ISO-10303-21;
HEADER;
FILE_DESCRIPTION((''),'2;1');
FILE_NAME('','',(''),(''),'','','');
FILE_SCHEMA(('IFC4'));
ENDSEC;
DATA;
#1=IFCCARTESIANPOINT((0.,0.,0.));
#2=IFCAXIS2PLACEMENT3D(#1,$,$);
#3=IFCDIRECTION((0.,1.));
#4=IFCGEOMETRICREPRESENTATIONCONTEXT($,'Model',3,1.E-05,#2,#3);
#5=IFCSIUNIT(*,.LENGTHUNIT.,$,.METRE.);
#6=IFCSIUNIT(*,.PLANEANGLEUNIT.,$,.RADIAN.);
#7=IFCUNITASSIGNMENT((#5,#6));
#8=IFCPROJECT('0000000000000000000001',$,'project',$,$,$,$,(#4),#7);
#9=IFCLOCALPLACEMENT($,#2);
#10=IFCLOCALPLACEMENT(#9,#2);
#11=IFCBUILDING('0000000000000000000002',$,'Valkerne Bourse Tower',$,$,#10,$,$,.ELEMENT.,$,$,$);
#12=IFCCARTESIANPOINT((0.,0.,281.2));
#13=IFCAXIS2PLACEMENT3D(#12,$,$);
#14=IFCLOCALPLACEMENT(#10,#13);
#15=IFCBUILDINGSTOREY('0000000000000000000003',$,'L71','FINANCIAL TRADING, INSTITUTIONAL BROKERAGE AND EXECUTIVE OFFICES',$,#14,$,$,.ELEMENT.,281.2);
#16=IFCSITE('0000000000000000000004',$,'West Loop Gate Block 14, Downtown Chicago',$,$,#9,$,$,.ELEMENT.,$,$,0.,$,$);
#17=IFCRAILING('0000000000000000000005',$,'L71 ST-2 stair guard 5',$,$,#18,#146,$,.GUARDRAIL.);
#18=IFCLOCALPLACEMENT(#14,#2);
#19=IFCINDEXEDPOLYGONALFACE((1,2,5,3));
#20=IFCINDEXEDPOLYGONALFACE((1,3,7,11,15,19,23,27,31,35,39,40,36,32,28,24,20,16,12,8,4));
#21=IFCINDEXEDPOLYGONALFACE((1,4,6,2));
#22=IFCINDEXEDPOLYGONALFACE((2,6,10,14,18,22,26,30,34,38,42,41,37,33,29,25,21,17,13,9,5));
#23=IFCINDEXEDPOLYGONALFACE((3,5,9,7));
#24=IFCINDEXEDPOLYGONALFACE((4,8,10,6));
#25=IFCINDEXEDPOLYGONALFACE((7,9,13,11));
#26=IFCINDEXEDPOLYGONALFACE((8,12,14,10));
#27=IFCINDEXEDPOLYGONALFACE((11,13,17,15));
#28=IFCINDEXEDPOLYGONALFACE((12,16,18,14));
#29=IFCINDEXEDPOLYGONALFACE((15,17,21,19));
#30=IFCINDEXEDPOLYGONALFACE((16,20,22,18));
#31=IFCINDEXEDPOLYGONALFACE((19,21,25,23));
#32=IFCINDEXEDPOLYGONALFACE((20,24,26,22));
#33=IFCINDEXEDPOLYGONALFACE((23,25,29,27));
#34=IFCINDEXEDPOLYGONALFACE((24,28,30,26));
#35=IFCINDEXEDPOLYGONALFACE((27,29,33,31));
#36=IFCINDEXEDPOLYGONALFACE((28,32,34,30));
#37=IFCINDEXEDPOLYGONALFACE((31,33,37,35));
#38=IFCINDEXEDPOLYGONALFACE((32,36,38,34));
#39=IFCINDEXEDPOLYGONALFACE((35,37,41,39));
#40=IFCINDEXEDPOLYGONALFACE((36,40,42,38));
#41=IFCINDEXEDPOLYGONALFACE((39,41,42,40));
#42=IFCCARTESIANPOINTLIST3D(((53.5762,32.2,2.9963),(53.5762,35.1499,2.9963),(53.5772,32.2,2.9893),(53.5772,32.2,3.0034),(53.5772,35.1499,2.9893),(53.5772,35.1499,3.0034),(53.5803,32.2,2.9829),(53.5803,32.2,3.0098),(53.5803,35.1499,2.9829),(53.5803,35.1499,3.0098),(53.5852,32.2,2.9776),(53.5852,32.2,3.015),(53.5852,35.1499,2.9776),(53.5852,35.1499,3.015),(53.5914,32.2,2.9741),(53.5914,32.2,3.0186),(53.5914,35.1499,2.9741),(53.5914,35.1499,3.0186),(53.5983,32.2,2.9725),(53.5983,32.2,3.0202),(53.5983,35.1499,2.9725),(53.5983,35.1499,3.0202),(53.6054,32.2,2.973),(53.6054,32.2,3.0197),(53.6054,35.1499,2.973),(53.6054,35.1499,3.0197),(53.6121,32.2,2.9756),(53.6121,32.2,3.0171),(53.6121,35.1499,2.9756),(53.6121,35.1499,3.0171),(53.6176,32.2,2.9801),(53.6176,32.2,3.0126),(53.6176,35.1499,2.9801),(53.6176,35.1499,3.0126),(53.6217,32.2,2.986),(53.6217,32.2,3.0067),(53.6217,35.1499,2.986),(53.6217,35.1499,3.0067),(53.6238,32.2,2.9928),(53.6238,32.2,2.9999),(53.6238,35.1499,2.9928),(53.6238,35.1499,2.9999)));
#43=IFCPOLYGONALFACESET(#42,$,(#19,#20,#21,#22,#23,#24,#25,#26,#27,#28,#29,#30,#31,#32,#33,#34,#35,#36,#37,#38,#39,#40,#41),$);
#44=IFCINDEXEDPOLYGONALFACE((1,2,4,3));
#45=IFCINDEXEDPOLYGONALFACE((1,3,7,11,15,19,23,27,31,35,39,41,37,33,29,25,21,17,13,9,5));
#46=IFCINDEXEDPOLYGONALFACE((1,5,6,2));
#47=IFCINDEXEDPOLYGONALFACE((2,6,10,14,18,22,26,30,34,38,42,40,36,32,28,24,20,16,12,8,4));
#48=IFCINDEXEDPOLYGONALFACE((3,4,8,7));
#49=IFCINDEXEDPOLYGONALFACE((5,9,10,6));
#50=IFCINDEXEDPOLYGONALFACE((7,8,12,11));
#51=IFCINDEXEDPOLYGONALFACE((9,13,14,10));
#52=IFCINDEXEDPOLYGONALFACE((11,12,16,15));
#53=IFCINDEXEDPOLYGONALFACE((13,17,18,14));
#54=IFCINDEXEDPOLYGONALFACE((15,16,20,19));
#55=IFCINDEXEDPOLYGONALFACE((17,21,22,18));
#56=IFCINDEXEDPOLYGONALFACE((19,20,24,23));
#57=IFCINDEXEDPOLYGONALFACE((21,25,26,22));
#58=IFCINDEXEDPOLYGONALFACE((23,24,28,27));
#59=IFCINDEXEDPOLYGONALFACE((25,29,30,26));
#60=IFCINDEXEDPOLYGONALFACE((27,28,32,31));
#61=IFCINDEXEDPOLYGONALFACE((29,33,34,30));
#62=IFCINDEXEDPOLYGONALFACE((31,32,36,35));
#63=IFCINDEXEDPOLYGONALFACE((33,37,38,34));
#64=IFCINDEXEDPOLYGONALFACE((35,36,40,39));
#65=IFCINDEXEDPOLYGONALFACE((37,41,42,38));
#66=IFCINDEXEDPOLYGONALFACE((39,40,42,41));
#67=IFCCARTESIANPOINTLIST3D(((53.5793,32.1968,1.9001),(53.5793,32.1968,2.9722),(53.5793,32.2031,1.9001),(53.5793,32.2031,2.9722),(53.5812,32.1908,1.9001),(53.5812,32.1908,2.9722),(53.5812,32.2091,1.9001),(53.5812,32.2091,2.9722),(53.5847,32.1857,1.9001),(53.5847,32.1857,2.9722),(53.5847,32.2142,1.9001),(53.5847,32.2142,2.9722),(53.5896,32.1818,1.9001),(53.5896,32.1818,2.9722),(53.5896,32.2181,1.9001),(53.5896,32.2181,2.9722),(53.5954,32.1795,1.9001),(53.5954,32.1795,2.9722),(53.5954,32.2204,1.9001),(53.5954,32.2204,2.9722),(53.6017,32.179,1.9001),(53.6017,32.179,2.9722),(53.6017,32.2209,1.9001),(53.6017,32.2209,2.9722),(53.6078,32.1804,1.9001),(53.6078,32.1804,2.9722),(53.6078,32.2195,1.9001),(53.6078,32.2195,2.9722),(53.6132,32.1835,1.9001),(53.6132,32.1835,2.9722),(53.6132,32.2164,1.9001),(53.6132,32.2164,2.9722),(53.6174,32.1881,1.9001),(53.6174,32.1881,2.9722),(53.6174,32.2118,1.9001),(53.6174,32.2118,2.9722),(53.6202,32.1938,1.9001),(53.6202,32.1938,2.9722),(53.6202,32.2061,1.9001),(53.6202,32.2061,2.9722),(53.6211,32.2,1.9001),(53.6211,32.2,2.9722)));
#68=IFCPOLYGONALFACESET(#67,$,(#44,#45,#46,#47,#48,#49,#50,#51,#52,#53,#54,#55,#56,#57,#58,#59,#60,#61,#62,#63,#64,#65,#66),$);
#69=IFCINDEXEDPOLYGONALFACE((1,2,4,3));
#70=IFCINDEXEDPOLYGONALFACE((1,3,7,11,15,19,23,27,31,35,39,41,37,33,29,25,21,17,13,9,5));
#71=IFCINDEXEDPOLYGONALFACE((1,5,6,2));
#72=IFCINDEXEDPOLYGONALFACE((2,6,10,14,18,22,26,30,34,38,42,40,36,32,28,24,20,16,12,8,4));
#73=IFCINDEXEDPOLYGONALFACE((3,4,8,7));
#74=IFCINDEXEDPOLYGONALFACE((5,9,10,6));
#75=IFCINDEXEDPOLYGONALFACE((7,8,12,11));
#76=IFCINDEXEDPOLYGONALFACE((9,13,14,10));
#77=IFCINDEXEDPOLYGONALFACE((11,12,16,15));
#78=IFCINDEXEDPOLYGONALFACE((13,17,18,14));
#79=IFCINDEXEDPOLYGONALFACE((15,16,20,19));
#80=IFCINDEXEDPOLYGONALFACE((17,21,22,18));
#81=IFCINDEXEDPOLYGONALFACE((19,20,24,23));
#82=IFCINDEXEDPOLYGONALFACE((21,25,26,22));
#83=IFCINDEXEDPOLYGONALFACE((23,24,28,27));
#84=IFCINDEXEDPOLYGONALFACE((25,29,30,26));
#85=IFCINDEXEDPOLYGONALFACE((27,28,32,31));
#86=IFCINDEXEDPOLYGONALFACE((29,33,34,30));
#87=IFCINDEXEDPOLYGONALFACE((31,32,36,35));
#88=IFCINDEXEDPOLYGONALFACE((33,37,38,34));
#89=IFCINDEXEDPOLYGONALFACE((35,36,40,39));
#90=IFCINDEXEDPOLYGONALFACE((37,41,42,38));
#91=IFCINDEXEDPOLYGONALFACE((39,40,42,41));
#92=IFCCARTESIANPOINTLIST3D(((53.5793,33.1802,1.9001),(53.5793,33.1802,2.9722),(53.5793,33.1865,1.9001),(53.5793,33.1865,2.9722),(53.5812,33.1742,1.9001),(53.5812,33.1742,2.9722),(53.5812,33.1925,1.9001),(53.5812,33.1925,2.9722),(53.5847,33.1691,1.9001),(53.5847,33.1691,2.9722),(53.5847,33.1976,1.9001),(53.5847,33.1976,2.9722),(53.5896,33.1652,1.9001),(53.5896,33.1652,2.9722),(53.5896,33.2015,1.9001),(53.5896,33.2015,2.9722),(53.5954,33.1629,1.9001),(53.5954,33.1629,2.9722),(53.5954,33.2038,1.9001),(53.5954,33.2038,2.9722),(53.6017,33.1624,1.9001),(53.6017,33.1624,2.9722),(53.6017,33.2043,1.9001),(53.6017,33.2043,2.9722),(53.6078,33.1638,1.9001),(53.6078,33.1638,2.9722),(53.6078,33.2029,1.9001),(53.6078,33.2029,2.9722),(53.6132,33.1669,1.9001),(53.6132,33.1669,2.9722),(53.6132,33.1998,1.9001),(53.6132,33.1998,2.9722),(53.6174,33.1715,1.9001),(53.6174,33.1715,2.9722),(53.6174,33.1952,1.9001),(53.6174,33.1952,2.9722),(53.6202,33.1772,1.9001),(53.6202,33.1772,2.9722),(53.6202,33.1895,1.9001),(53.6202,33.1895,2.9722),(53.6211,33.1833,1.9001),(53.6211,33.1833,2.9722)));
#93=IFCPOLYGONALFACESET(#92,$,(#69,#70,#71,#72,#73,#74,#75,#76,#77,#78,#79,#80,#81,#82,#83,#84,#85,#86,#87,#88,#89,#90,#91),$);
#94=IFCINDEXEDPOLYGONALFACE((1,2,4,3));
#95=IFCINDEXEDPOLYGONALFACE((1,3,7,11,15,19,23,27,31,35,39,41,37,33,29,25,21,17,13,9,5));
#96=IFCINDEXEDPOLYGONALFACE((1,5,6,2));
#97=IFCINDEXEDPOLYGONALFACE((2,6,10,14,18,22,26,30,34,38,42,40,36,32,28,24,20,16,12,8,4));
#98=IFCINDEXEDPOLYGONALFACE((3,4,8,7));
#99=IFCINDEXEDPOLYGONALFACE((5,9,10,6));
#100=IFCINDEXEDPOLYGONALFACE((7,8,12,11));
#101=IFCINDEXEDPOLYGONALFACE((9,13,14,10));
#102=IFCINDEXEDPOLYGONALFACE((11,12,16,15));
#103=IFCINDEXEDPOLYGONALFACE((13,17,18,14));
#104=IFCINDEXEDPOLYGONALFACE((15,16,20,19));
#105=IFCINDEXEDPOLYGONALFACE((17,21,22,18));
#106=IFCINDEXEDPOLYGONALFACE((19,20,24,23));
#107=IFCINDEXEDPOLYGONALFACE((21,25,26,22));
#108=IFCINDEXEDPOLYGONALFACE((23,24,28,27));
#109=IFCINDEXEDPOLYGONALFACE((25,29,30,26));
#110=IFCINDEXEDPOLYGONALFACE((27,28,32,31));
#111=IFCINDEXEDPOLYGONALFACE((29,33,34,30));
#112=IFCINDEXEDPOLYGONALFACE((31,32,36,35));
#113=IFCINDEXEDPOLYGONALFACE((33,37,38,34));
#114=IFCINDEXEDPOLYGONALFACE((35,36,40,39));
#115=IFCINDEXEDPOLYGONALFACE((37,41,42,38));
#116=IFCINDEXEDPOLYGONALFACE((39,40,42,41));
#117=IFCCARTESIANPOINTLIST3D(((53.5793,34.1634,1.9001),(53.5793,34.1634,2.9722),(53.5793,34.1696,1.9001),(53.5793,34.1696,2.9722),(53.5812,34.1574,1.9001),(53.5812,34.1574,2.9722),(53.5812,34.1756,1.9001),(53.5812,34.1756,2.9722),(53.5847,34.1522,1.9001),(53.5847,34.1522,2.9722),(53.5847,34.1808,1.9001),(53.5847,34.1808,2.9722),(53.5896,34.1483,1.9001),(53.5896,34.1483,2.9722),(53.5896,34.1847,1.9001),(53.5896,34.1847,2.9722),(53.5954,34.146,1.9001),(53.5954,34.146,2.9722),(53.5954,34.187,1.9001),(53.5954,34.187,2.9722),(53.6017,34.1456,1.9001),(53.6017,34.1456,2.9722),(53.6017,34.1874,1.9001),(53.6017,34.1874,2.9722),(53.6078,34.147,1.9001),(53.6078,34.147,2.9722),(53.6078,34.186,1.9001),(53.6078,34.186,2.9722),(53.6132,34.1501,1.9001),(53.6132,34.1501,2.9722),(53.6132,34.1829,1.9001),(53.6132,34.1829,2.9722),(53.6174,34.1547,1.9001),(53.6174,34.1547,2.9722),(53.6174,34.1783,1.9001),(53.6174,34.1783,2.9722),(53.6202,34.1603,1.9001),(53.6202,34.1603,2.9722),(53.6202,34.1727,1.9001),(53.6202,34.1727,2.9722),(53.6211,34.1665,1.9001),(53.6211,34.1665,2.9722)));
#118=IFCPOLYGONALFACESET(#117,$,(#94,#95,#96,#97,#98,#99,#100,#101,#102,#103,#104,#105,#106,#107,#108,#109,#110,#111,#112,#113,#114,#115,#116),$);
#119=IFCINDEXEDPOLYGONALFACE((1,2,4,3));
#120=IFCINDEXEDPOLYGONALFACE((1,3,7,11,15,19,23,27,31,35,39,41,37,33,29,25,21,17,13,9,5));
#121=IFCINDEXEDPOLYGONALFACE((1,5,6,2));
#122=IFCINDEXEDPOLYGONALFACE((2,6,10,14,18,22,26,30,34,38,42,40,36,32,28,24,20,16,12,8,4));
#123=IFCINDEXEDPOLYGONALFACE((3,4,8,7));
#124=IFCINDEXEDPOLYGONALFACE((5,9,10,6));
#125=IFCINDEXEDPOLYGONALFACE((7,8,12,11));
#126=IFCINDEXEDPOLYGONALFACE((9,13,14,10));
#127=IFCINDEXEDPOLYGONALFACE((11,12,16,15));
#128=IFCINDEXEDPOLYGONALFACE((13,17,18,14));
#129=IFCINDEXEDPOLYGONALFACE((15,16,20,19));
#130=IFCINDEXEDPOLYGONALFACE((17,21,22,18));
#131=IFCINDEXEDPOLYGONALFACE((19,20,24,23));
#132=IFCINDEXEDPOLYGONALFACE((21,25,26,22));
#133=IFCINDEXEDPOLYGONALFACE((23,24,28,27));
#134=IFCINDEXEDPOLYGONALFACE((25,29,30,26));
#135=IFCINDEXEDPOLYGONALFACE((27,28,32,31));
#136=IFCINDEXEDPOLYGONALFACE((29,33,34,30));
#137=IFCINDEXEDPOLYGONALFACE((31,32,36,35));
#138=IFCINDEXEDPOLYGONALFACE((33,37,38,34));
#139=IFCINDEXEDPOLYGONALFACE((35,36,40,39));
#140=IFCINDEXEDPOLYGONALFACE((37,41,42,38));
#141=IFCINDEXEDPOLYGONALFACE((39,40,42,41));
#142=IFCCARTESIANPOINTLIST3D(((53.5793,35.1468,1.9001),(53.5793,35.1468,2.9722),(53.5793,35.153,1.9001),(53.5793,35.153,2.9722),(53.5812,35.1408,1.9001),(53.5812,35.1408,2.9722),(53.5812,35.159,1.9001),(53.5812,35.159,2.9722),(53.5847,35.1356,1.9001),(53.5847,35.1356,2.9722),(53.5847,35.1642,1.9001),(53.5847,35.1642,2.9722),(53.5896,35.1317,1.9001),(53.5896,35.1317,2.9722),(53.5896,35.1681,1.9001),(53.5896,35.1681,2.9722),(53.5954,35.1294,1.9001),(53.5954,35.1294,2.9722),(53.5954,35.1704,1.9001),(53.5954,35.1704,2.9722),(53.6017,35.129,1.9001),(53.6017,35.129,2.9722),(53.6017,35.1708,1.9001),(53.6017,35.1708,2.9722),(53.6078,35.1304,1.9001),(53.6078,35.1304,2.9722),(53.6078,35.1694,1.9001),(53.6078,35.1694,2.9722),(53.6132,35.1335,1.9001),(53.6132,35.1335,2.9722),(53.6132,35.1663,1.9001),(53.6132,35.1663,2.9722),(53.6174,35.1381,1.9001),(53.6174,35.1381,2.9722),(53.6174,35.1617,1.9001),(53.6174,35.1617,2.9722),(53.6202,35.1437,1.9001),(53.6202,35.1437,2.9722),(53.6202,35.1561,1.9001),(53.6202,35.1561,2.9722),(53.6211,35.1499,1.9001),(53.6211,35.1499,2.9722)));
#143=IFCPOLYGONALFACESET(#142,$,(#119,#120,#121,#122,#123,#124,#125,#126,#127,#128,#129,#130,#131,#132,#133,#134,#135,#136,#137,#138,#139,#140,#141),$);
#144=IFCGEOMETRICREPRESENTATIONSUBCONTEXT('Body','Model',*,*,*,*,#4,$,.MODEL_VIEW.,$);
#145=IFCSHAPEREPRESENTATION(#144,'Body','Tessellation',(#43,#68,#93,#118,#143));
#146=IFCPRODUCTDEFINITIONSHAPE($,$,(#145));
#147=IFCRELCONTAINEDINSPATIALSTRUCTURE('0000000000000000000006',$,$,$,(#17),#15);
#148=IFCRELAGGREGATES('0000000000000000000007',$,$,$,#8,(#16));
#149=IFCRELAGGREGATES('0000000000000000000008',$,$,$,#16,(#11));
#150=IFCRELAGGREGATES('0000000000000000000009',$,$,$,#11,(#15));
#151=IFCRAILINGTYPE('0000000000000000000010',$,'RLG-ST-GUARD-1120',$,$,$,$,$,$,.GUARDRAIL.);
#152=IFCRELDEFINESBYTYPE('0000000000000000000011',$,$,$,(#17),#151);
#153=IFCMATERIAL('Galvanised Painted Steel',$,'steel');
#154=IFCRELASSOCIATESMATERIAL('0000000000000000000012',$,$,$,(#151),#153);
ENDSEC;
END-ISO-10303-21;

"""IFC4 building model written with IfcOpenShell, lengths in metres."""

from ifc_helpers import new_model, si_unit, direction, frame, origin, origin_2d, place, context, subcontext, project, spatial, circle, extrude, material, type_object, element, save


model = new_model("IFC4")

# Units and contexts
model_context = context("Model", 3, precision=1e-05, world=origin(), true_north=direction((0.0, 1.0)))
body_context = subcontext(model_context, "Body", "Model", "MODEL_VIEW")
ifc_project = project(units=[si_unit("LENGTHUNIT", "METRE"), si_unit("PLANEANGLEUNIT", "RADIAN")], contexts=[model_context])

# Site, building, storey
site_placement = place(None, origin())
site = spatial("IfcSite", under=ifc_project, at=site_placement, Name="West Loop Gate Block 14, Downtown Chicago", CompositionType="ELEMENT", RefElevation=0.0)
building_placement = place(site_placement, origin())
building = spatial("IfcBuilding", under=site, at=building_placement, Name="Valkerne Bourse Tower", CompositionType="ELEMENT")
storey_placement = place(building_placement, frame((0.0, 0.0, 281.2)))
storey = spatial("IfcBuildingStorey", under=building, at=storey_placement, Name="L71", Description="FINANCIAL TRADING, INSTITUTIONAL BROKERAGE AND EXECUTIVE OFFICES", CompositionType="ELEMENT", Elevation=281.2)

# Railing
ifc_material_1 = material(Name="Galvanised Painted Steel", Category="steel")
railing_type = type_object("IfcRailingType", Name="RLG-ST-GUARD-1120", PredefinedType="GUARDRAIL", material=ifc_material_1)
railing_1_placement = place(storey_placement, frame((53.6001, 32.2, 1.9001)))
element("IfcRailing", 1, at=railing_1_placement, inside=storey, type_object=railing_type, Name="L71 ST-2 stair guard 5", PredefinedType="GUARDRAIL", context=body_context, shape_type="SweptSolid", body=[
    extrude(circle(Radius=0.0239, at=origin_2d()), frame((0.0, 0.0, 1.0962), z_axis=(0.0, 1.0, 0.0), x_axis=(-1.0, 0.0, 0.0)), (0.0, 0.0, 1.0), 2.95),
    extrude(circle(Radius=0.021, at=origin_2d()), origin(), (0.0, 0.0, 1.0), 1.072),
    extrude(circle(Radius=0.021, at=origin_2d()), frame((0.0, 0.9834, 0.0)), (0.0, 0.0, 1.0), 1.072),
    extrude(circle(Radius=0.021, at=origin_2d()), frame((0.0, 1.9666, 0.0)), (0.0, 0.0, 1.0), 1.072),
    extrude(circle(Radius=0.021, at=origin_2d()), frame((0.0, 2.95, 0.0)), (0.0, 0.0, 1.0), 1.072),
])

save(model, "model.ifc")
